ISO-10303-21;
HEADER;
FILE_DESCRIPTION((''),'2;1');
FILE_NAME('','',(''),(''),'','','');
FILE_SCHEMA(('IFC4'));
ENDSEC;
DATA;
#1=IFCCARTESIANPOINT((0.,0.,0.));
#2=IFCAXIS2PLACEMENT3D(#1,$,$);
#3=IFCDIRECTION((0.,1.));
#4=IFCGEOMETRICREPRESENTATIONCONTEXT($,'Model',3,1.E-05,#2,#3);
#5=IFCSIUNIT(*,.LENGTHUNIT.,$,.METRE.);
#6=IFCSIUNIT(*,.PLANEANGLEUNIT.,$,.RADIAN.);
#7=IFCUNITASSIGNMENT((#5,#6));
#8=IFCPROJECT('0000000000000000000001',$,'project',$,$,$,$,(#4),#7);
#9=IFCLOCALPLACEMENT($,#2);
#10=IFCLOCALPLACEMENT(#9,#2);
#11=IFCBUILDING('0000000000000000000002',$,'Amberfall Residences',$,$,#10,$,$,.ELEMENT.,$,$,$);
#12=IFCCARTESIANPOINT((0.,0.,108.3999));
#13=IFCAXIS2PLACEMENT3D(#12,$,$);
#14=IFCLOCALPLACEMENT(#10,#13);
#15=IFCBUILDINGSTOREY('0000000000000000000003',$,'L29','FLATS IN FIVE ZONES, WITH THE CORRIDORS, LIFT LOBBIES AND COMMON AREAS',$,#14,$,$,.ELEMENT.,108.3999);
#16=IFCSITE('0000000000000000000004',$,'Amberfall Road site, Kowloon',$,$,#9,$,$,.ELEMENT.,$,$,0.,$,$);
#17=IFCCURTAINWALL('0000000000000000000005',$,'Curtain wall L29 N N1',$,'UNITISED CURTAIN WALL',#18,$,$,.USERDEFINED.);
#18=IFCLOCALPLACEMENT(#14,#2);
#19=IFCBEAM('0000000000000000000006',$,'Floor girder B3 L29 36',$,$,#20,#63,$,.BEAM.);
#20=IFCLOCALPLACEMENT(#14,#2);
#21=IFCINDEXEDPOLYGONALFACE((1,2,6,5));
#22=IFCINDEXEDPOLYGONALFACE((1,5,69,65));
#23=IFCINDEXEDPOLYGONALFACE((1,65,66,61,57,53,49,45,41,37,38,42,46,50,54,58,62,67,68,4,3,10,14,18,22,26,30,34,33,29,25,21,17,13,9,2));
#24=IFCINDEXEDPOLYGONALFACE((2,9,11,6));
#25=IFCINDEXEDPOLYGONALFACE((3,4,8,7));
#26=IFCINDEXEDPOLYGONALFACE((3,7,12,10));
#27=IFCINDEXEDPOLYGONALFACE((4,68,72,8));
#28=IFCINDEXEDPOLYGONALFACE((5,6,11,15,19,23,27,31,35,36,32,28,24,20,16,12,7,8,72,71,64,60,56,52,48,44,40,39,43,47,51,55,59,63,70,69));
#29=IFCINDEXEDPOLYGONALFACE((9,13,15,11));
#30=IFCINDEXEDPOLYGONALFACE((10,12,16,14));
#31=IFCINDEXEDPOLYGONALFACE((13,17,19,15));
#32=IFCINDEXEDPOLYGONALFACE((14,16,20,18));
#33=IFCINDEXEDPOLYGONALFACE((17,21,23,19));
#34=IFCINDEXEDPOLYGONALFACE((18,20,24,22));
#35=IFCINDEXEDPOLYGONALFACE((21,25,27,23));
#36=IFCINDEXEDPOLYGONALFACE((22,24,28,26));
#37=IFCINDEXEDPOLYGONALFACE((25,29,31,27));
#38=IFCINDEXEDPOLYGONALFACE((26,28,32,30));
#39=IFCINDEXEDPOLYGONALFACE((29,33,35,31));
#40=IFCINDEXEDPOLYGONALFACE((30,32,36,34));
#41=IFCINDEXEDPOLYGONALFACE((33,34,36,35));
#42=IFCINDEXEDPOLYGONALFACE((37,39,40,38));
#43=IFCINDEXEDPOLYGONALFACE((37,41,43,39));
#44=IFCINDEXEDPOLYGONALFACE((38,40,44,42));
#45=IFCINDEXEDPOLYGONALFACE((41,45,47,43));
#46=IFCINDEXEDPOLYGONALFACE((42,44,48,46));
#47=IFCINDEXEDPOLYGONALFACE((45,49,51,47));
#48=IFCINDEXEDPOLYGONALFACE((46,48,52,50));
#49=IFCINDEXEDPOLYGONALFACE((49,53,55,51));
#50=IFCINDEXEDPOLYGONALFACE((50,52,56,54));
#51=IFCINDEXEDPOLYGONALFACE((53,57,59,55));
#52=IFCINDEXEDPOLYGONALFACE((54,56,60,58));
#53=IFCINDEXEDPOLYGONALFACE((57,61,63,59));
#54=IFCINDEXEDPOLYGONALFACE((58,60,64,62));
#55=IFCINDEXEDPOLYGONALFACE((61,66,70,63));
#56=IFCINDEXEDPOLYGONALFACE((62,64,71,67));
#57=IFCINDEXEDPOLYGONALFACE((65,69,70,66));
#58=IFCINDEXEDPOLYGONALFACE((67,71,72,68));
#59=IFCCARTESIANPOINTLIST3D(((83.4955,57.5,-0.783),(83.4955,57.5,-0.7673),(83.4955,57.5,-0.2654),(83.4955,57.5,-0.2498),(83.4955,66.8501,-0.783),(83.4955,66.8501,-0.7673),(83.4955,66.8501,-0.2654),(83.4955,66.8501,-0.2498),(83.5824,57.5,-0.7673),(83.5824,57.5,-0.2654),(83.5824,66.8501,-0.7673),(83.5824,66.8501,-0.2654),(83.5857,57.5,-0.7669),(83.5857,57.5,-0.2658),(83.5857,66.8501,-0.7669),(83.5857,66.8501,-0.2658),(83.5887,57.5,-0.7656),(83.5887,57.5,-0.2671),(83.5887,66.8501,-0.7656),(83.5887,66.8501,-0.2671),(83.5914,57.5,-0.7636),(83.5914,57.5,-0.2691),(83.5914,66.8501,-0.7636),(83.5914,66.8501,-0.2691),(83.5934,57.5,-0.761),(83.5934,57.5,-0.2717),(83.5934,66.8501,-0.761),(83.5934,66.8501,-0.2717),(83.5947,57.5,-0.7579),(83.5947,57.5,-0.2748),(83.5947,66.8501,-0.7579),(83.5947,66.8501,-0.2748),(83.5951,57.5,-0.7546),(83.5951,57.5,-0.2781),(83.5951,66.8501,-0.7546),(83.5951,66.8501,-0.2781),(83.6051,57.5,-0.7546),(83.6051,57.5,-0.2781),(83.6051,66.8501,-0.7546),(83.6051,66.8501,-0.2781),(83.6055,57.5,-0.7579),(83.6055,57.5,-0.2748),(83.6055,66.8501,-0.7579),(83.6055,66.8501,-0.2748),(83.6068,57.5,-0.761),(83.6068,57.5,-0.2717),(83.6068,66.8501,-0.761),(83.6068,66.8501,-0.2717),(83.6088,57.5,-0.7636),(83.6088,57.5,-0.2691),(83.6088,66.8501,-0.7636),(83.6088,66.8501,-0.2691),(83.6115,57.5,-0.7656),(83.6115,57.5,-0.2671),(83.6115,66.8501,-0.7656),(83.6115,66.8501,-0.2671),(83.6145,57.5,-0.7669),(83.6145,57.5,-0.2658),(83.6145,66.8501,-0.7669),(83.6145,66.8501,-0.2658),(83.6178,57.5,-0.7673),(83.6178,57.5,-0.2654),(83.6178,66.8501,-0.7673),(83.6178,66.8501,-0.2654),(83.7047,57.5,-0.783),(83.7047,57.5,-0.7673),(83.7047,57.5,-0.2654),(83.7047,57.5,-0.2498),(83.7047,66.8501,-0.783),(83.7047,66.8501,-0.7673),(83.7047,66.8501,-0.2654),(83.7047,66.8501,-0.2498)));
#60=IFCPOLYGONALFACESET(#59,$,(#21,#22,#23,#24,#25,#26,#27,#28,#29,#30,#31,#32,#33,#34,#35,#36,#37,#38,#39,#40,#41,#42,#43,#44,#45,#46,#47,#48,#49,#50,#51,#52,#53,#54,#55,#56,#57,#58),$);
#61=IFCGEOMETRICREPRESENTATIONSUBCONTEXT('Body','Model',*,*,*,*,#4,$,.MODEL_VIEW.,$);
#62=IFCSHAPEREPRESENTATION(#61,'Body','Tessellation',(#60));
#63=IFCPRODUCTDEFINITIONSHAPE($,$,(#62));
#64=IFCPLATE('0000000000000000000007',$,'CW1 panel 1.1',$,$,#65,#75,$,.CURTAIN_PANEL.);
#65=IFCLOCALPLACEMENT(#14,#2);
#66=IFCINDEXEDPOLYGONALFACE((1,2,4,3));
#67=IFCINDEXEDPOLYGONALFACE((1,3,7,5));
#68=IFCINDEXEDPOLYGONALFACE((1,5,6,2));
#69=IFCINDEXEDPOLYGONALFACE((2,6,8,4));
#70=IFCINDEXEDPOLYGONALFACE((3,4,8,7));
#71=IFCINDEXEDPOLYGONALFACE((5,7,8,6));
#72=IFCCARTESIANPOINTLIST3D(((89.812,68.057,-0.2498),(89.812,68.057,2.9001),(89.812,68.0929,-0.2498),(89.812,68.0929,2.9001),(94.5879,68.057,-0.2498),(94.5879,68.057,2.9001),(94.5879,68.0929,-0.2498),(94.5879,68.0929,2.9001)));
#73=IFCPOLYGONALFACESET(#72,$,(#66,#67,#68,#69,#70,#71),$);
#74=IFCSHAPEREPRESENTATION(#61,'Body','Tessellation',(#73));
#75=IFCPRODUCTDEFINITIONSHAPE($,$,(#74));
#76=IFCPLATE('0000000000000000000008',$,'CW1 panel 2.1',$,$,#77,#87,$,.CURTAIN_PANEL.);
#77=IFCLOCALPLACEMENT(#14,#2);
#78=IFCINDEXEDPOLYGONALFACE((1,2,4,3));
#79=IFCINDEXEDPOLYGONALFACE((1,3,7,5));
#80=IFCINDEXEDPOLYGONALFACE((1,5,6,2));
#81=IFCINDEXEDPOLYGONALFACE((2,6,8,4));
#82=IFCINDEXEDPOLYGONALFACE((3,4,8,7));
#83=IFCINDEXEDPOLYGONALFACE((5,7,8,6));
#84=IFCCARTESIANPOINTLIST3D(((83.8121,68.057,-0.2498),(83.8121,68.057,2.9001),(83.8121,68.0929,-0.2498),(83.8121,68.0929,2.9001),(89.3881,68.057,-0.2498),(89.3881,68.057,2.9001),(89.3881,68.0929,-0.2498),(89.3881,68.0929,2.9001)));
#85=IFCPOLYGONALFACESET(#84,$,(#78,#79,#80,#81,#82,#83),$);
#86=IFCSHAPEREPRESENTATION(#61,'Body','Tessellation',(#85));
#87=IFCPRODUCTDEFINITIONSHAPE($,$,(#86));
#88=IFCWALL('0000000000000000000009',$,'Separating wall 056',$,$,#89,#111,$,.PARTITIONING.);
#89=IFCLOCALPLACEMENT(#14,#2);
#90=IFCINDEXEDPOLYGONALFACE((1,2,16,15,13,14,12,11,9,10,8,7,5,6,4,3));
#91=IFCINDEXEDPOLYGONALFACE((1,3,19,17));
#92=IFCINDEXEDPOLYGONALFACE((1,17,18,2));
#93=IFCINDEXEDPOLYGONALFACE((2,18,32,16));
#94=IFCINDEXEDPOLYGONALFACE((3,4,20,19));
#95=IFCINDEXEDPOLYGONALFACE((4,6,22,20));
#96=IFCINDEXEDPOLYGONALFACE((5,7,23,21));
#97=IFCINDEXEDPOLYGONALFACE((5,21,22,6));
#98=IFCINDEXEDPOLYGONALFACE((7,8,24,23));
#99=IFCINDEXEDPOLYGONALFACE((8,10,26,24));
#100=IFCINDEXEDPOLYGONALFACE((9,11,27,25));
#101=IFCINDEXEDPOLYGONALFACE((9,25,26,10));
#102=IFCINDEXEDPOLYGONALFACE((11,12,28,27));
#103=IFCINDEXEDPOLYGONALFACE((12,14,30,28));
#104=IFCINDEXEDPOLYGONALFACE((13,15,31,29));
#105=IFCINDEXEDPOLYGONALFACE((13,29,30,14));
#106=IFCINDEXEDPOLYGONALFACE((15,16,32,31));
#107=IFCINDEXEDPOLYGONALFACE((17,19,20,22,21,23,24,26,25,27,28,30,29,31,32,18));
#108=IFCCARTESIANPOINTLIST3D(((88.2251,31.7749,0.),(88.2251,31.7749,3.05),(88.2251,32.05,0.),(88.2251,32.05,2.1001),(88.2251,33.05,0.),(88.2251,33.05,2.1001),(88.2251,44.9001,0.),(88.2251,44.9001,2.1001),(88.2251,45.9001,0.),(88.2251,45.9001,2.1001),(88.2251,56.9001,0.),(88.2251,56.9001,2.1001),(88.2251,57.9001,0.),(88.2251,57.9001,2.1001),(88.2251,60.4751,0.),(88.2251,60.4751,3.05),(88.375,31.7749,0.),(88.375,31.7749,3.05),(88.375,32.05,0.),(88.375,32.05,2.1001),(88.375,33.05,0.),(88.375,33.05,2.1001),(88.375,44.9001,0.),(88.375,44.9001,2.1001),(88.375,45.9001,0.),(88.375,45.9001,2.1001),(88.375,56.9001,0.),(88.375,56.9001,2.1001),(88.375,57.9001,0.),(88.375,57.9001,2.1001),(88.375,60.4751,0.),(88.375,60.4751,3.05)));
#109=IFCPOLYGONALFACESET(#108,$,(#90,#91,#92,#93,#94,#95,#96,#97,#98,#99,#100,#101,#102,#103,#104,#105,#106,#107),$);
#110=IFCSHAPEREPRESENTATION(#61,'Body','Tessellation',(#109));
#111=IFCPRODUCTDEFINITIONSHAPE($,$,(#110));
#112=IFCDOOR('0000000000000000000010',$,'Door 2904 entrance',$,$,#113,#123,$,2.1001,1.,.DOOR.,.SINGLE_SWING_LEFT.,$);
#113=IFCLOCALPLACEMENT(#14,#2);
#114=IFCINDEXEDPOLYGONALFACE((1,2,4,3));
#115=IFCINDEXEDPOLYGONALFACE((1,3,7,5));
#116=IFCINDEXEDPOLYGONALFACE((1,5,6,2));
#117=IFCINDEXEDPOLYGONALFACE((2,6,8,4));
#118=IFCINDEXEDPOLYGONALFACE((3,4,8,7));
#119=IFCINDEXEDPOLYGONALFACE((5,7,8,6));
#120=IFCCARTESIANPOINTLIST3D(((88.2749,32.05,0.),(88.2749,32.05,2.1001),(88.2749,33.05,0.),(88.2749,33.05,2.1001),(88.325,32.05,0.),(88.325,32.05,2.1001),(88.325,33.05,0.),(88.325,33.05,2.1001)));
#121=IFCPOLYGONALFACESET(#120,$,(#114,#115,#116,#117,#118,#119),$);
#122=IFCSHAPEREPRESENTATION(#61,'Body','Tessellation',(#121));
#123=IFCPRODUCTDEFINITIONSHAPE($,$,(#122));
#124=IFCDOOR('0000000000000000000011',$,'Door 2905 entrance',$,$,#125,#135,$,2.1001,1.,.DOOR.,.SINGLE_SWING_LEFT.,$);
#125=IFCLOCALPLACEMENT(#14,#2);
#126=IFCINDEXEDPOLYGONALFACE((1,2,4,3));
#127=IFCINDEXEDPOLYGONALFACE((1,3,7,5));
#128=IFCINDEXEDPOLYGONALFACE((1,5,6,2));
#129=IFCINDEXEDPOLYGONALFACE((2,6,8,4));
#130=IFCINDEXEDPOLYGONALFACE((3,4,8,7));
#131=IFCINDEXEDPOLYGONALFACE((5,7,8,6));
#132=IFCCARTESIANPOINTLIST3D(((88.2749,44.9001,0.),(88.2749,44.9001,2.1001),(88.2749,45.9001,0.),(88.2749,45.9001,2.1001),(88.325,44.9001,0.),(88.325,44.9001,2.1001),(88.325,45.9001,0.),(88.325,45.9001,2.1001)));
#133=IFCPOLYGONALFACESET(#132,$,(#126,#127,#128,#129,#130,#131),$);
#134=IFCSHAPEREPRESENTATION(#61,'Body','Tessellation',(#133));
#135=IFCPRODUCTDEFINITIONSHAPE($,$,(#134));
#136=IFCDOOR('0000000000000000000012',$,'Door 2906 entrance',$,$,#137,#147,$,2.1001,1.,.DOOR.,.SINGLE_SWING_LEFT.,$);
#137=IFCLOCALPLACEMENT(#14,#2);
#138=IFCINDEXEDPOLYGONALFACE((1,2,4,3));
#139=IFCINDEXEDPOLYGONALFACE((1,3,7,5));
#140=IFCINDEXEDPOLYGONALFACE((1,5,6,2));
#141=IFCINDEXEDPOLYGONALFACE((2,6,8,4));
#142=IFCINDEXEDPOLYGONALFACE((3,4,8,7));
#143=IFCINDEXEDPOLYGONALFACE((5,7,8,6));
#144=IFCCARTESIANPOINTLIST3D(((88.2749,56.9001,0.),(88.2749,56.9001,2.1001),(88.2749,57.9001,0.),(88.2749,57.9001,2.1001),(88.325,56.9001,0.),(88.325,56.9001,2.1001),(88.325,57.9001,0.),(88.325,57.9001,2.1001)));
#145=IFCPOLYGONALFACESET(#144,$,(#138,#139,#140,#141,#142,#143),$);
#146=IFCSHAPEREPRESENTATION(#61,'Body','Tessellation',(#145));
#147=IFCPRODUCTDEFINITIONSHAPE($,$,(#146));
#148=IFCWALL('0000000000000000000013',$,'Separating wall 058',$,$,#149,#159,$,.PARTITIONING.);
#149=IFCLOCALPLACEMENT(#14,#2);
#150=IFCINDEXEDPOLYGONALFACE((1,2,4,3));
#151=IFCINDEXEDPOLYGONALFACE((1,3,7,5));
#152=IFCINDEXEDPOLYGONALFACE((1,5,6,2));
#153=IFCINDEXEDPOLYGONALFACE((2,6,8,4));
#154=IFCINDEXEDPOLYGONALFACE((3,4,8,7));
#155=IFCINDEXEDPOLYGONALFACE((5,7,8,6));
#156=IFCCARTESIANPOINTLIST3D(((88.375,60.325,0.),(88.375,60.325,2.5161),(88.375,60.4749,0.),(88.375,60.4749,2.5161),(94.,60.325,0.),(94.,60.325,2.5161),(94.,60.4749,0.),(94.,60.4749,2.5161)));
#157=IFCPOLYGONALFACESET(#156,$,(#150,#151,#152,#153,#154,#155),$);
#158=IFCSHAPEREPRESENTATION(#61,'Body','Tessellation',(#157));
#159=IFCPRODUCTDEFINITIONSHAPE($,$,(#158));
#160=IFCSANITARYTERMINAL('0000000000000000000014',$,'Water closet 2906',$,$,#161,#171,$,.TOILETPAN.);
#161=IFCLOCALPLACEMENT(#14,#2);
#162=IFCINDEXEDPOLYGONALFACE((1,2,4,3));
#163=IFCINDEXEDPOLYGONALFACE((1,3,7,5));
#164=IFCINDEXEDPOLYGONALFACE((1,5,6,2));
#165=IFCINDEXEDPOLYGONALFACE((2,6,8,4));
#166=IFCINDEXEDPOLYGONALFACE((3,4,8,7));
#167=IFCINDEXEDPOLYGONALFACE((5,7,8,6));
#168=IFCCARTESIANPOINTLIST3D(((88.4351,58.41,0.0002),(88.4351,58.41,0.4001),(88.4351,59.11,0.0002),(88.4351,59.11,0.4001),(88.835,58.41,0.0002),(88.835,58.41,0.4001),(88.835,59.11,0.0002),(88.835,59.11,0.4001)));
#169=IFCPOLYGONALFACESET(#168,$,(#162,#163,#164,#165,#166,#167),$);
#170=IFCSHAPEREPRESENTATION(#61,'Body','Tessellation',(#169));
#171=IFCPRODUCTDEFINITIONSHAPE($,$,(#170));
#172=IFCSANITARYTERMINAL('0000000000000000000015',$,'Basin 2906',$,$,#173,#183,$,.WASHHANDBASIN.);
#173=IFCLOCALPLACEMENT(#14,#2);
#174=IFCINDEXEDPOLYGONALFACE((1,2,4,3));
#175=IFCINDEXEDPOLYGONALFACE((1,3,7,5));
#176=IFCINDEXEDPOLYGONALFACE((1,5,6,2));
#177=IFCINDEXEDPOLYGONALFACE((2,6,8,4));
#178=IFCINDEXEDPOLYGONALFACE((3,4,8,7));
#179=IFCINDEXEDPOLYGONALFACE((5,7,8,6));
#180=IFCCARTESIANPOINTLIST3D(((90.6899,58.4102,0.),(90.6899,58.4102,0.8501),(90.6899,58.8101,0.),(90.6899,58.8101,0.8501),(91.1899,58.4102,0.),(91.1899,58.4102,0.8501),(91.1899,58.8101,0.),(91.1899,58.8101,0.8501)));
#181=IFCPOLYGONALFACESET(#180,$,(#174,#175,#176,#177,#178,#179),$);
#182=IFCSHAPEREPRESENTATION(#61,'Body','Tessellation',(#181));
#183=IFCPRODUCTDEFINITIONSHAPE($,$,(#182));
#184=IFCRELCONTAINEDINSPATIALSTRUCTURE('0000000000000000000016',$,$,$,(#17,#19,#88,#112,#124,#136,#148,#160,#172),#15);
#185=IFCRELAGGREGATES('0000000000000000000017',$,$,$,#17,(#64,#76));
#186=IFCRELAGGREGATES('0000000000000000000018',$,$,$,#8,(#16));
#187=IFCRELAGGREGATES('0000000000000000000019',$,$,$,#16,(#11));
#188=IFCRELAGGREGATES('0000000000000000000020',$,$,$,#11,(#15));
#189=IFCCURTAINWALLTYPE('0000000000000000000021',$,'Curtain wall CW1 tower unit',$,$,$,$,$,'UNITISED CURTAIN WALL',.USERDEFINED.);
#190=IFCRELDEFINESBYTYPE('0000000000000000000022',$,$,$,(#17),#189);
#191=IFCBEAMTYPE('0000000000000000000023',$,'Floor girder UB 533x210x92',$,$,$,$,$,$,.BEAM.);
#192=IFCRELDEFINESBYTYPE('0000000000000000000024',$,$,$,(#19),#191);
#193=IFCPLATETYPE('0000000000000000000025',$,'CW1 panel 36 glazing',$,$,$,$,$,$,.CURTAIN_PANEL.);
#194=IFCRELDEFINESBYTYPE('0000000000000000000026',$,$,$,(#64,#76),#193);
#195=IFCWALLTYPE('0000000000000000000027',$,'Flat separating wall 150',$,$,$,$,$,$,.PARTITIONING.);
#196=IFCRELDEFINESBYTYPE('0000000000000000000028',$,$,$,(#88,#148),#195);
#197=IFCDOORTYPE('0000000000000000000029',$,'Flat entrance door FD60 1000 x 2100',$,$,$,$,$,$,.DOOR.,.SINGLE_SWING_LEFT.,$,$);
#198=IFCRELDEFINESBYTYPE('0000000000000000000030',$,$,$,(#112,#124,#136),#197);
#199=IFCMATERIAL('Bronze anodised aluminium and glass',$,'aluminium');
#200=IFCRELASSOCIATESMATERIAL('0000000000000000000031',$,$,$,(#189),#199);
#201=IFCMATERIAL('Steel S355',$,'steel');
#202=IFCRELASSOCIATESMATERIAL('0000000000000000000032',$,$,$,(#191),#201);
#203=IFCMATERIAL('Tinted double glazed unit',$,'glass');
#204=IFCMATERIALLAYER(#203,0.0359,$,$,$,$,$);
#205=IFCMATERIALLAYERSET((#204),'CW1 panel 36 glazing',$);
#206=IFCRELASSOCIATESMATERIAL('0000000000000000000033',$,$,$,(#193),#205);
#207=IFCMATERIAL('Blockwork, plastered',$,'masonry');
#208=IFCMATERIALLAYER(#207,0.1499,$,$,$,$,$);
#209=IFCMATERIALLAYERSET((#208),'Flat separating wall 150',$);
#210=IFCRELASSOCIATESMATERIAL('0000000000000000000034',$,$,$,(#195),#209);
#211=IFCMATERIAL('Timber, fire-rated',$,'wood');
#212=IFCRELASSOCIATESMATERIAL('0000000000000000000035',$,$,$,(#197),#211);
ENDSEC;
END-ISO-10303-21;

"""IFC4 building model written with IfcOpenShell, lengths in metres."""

from ifc_helpers import new_model, si_unit, direction, frame, frame_2d, origin, origin_2d, place, context, subcontext, project, spatial, rectangle, i_section, extrude, material, layer, layer_set, material_profile, profile_set, type_object, element, fill, aggregate, save


model = new_model("IFC4")

# Units and contexts
model_context = context("Model", 3, precision=1e-05, world=origin(), true_north=direction((0.0, 1.0)))
body_context = subcontext(model_context, "Body", "Model", "MODEL_VIEW")
ifc_project = project(units=[si_unit("LENGTHUNIT", "METRE"), si_unit("PLANEANGLEUNIT", "RADIAN")], contexts=[model_context])

# Site, building, storey
site_placement = place(None, origin())
site = spatial("IfcSite", under=ifc_project, at=site_placement, Name="Amberfall Road site, Kowloon", CompositionType="ELEMENT", RefElevation=0.0)
building_placement = place(site_placement, origin())
building = spatial("IfcBuilding", under=site, at=building_placement, Name="Amberfall Residences", CompositionType="ELEMENT")
storey_placement = place(building_placement, frame((0.0, 0.0, 108.3999)))
storey = spatial("IfcBuildingStorey", under=building, at=storey_placement, Name="L29", Description="FLATS IN FIVE ZONES, WITH THE CORRIDORS, LIFT LOBBIES AND COMMON AREAS", CompositionType="ELEMENT", Elevation=108.3999)

# Curtain wall
ifc_material_1 = material(Name="Bronze anodised aluminium and glass", Category="aluminium")
curtain_wall_type = type_object("IfcCurtainWallType", Name="Curtain wall CW1 tower unit", ElementType="UNITISED CURTAIN WALL", PredefinedType="USERDEFINED", material=ifc_material_1)
curtain_wall_placement = place(storey_placement, origin())
curtain_wall = element("IfcCurtainWall", 1, at=curtain_wall_placement, inside=storey, type_object=curtain_wall_type, Name="Curtain wall L29 N N1", ObjectType="UNITISED CURTAIN WALL", PredefinedType="USERDEFINED")

# Shared definitions
ifc_material_2 = material(Name="Steel S355", Category="steel")

# Beam
ifc_material_profile_1 = material_profile(ifc_material_2, i_section(OverallWidth=0.2092, OverallDepth=0.5332, WebThickness=0.01, FlangeThickness=0.0156, FilletRadius=0.0127, at=origin_2d()), Name="UB 533x210x92")
ifc_profile_set_1 = profile_set([ifc_material_profile_1], Name="Steel S355")
beam_type_1 = type_object("IfcBeamType", Name="Floor girder UB 533x210x92", PredefinedType="BEAM", material=ifc_profile_set_1)
beam_1_placement = place(storey_placement, frame((83.6001, 66.8501, -0.5164), z_axis=(0.0, -1.0, 0.0), x_axis=(1.0, 0.0, 0.0)))
element("IfcBeam", 2, at=beam_1_placement, inside=storey, type_object=beam_type_1, Name="Floor girder B3 L29 36", PredefinedType="BEAM", context=body_context, shape_type="SweptSolid", body=[
    extrude(i_section(OverallWidth=0.2092, OverallDepth=0.5332, WebThickness=0.01, FlangeThickness=0.0156, FilletRadius=0.0127, at=origin_2d()), origin(), (0.0, 0.0, 1.0), 9.3501),
])

# Plates
ifc_material_3 = material(Name="Tinted double glazed unit", Category="glass")
ifc_layer_1 = layer(ifc_material_3, 0.0359)
ifc_layer_set_1 = layer_set([ifc_layer_1], Name="CW1 panel 36 glazing")
plate_type = type_object("IfcPlateType", Name="CW1 panel 36 glazing", PredefinedType="CURTAIN_PANEL", material=ifc_layer_set_1)
plate_1_placement = place(storey_placement, frame((92.2, 68.075, -0.2498), z_axis=(0.0, 0.0, 1.0), x_axis=(-1.0, 0.0, 0.0)))
plate_1 = element("IfcPlate", 3, at=plate_1_placement, type_object=plate_type, Name="CW1 panel 1.1", PredefinedType="CURTAIN_PANEL", context=body_context, shape_type="SweptSolid", body=[
    extrude(rectangle(XDim=4.7759, YDim=0.0359, at=origin_2d()), origin(), (0.0, 0.0, 1.0), 3.1499),
])
plate_2_placement = place(storey_placement, frame((86.6001, 68.075, -0.2498), z_axis=(0.0, 0.0, 1.0), x_axis=(-1.0, 0.0, 0.0)))
plate_2 = element("IfcPlate", 4, at=plate_2_placement, type_object=plate_type, Name="CW1 panel 2.1", PredefinedType="CURTAIN_PANEL", context=body_context, shape_type="SweptSolid", body=[
    extrude(rectangle(XDim=5.5759, YDim=0.0359, at=origin_2d()), origin(), (0.0, 0.0, 1.0), 3.1499),
])
aggregate(curtain_wall, [plate_1, plate_2])

# Wall, openings, doors
ifc_material_4 = material(Name="Blockwork, plastered", Category="masonry")
ifc_layer_2 = layer(ifc_material_4, 0.1499)
ifc_layer_set_2 = layer_set([ifc_layer_2], Name="Flat separating wall 150")
wall_type = type_object("IfcWallType", Name="Flat separating wall 150", PredefinedType="PARTITIONING", material=ifc_layer_set_2)
wall_1_placement = place(storey_placement, frame((88.3, 60.4751, 0.0), z_axis=(0.0, 0.0, 1.0), x_axis=(0.0, -1.0, 0.0)))
wall_1 = element("IfcWall", 5, at=wall_1_placement, inside=storey, type_object=wall_type, Name="Separating wall 056", PredefinedType="PARTITIONING", context=body_context, shape_type="SweptSolid", body=[
    extrude(rectangle(XDim=28.7002, YDim=0.1499, at=frame_2d((14.3501, 0.0))), origin(), (0.0, 0.0, 1.0), 3.05),
])
opening_1_placement = place(wall_1_placement, frame((27.425, 0.0, 0.0)))
opening_1 = element("IfcOpeningElement", 6, at=opening_1_placement, cuts=wall_1, PredefinedType="OPENING", context=body_context, shape_type="SweptSolid", body=[
    extrude(rectangle(XDim=1.0, YDim=2.1001, at=frame_2d((0.5, 1.05))), frame((0.0, 0.085, 0.0), z_axis=(0.0, -1.0, 0.0), x_axis=(1.0, 0.0, 0.0)), (0.0, 0.0, 1.0), 0.1699),
])
opening_2_placement = place(wall_1_placement, frame((14.575, 0.0, 0.0)))
opening_2 = element("IfcOpeningElement", 7, at=opening_2_placement, cuts=wall_1, PredefinedType="OPENING", context=body_context, shape_type="SweptSolid", body=[
    extrude(rectangle(XDim=1.0, YDim=2.1001, at=frame_2d((0.5, 1.05))), frame((0.0, 0.085, 0.0), z_axis=(0.0, -1.0, 0.0), x_axis=(1.0, 0.0, 0.0)), (0.0, 0.0, 1.0), 0.1699),
])
opening_3_placement = place(wall_1_placement, frame((2.575, 0.0, 0.0)))
opening_3 = element("IfcOpeningElement", 8, at=opening_3_placement, cuts=wall_1, PredefinedType="OPENING", context=body_context, shape_type="SweptSolid", body=[
    extrude(rectangle(XDim=1.0, YDim=2.1001, at=frame_2d((0.5, 1.05))), frame((0.0, 0.085, 0.0), z_axis=(0.0, -1.0, 0.0), x_axis=(1.0, 0.0, 0.0)), (0.0, 0.0, 1.0), 0.1699),
])
ifc_material_5 = material(Name="Timber, fire-rated", Category="wood")
door_type = type_object("IfcDoorType", Name="Flat entrance door FD60 1000 x 2100", OperationType="SINGLE_SWING_LEFT", PredefinedType="DOOR", material=ifc_material_5)
door_1_placement = place(opening_1_placement, origin())
door_1 = element("IfcDoor", 9, at=door_1_placement, inside=storey, type_object=door_type, Name="Door 2904 entrance", OperationType="SINGLE_SWING_LEFT", OverallHeight=2.1001, OverallWidth=1.0, PredefinedType="DOOR", context=body_context, shape_type="SweptSolid", body=[
    extrude(rectangle(XDim=1.0, YDim=2.1001, at=frame_2d((0.5, 1.05))), frame((0.0, 0.0249, 0.0), z_axis=(0.0, -1.0, 0.0), x_axis=(1.0, 0.0, 0.0)), (0.0, 0.0, 1.0), 0.05),
])
fill(opening_1, door_1)
door_2_placement = place(opening_2_placement, origin())
door_2 = element("IfcDoor", 10, at=door_2_placement, inside=storey, type_object=door_type, Name="Door 2905 entrance", OperationType="SINGLE_SWING_LEFT", OverallHeight=2.1001, OverallWidth=1.0, PredefinedType="DOOR", context=body_context, shape_type="SweptSolid", body=[
    extrude(rectangle(XDim=1.0, YDim=2.1001, at=frame_2d((0.5, 1.05))), frame((0.0, 0.0249, 0.0), z_axis=(0.0, -1.0, 0.0), x_axis=(1.0, 0.0, 0.0)), (0.0, 0.0, 1.0), 0.05),
])
fill(opening_2, door_2)
door_3_placement = place(opening_3_placement, origin())
door_3 = element("IfcDoor", 11, at=door_3_placement, inside=storey, type_object=door_type, Name="Door 2906 entrance", OperationType="SINGLE_SWING_LEFT", OverallHeight=2.1001, OverallWidth=1.0, PredefinedType="DOOR", context=body_context, shape_type="SweptSolid", body=[
    extrude(rectangle(XDim=1.0, YDim=2.1001, at=frame_2d((0.5, 1.05))), frame((0.0, 0.0249, 0.0), z_axis=(0.0, -1.0, 0.0), x_axis=(1.0, 0.0, 0.0)), (0.0, 0.0, 1.0), 0.05),
])
fill(opening_3, door_3)

# Wall
wall_2_placement = place(storey_placement, frame((88.375, 60.3999, 0.0), z_axis=(0.0, 0.0, 1.0), x_axis=(1.0, 0.0, 0.0)))
element("IfcWall", 12, at=wall_2_placement, inside=storey, type_object=wall_type, Name="Separating wall 058", PredefinedType="PARTITIONING", context=body_context, shape_type="SweptSolid", body=[
    extrude(rectangle(XDim=5.625, YDim=0.1499, at=frame_2d((2.8125, 0.0))), origin(), (0.0, 0.0, 1.0), 2.5161),
])

# Sanitary terminals
sanitary_terminal_1_placement = place(storey_placement, frame((88.635, 58.76, 0.0002), z_axis=(0.0, 0.0, 1.0), x_axis=(1.0, 0.0, 0.0)))
element("IfcSanitaryTerminal", 13, at=sanitary_terminal_1_placement, inside=storey, Name="Water closet 2906", PredefinedType="TOILETPAN", context=body_context, shape_type="SweptSolid", body=[
    extrude(rectangle(XDim=0.3999, YDim=0.7, at=origin_2d()), origin(), (0.0, 0.0, 1.0), 0.3999),
])
sanitary_terminal_2_placement = place(storey_placement, frame((90.9399, 58.6101, 0.0), z_axis=(0.0, 0.0, 1.0), x_axis=(1.0, 0.0, 0.0)))
element("IfcSanitaryTerminal", 14, at=sanitary_terminal_2_placement, inside=storey, Name="Basin 2906", PredefinedType="WASHHANDBASIN", context=body_context, shape_type="SweptSolid", body=[
    extrude(rectangle(XDim=0.5, YDim=0.3999, at=origin_2d()), origin(), (0.0, 0.0, 1.0), 0.8501),
])

save(model, "model.ifc")
